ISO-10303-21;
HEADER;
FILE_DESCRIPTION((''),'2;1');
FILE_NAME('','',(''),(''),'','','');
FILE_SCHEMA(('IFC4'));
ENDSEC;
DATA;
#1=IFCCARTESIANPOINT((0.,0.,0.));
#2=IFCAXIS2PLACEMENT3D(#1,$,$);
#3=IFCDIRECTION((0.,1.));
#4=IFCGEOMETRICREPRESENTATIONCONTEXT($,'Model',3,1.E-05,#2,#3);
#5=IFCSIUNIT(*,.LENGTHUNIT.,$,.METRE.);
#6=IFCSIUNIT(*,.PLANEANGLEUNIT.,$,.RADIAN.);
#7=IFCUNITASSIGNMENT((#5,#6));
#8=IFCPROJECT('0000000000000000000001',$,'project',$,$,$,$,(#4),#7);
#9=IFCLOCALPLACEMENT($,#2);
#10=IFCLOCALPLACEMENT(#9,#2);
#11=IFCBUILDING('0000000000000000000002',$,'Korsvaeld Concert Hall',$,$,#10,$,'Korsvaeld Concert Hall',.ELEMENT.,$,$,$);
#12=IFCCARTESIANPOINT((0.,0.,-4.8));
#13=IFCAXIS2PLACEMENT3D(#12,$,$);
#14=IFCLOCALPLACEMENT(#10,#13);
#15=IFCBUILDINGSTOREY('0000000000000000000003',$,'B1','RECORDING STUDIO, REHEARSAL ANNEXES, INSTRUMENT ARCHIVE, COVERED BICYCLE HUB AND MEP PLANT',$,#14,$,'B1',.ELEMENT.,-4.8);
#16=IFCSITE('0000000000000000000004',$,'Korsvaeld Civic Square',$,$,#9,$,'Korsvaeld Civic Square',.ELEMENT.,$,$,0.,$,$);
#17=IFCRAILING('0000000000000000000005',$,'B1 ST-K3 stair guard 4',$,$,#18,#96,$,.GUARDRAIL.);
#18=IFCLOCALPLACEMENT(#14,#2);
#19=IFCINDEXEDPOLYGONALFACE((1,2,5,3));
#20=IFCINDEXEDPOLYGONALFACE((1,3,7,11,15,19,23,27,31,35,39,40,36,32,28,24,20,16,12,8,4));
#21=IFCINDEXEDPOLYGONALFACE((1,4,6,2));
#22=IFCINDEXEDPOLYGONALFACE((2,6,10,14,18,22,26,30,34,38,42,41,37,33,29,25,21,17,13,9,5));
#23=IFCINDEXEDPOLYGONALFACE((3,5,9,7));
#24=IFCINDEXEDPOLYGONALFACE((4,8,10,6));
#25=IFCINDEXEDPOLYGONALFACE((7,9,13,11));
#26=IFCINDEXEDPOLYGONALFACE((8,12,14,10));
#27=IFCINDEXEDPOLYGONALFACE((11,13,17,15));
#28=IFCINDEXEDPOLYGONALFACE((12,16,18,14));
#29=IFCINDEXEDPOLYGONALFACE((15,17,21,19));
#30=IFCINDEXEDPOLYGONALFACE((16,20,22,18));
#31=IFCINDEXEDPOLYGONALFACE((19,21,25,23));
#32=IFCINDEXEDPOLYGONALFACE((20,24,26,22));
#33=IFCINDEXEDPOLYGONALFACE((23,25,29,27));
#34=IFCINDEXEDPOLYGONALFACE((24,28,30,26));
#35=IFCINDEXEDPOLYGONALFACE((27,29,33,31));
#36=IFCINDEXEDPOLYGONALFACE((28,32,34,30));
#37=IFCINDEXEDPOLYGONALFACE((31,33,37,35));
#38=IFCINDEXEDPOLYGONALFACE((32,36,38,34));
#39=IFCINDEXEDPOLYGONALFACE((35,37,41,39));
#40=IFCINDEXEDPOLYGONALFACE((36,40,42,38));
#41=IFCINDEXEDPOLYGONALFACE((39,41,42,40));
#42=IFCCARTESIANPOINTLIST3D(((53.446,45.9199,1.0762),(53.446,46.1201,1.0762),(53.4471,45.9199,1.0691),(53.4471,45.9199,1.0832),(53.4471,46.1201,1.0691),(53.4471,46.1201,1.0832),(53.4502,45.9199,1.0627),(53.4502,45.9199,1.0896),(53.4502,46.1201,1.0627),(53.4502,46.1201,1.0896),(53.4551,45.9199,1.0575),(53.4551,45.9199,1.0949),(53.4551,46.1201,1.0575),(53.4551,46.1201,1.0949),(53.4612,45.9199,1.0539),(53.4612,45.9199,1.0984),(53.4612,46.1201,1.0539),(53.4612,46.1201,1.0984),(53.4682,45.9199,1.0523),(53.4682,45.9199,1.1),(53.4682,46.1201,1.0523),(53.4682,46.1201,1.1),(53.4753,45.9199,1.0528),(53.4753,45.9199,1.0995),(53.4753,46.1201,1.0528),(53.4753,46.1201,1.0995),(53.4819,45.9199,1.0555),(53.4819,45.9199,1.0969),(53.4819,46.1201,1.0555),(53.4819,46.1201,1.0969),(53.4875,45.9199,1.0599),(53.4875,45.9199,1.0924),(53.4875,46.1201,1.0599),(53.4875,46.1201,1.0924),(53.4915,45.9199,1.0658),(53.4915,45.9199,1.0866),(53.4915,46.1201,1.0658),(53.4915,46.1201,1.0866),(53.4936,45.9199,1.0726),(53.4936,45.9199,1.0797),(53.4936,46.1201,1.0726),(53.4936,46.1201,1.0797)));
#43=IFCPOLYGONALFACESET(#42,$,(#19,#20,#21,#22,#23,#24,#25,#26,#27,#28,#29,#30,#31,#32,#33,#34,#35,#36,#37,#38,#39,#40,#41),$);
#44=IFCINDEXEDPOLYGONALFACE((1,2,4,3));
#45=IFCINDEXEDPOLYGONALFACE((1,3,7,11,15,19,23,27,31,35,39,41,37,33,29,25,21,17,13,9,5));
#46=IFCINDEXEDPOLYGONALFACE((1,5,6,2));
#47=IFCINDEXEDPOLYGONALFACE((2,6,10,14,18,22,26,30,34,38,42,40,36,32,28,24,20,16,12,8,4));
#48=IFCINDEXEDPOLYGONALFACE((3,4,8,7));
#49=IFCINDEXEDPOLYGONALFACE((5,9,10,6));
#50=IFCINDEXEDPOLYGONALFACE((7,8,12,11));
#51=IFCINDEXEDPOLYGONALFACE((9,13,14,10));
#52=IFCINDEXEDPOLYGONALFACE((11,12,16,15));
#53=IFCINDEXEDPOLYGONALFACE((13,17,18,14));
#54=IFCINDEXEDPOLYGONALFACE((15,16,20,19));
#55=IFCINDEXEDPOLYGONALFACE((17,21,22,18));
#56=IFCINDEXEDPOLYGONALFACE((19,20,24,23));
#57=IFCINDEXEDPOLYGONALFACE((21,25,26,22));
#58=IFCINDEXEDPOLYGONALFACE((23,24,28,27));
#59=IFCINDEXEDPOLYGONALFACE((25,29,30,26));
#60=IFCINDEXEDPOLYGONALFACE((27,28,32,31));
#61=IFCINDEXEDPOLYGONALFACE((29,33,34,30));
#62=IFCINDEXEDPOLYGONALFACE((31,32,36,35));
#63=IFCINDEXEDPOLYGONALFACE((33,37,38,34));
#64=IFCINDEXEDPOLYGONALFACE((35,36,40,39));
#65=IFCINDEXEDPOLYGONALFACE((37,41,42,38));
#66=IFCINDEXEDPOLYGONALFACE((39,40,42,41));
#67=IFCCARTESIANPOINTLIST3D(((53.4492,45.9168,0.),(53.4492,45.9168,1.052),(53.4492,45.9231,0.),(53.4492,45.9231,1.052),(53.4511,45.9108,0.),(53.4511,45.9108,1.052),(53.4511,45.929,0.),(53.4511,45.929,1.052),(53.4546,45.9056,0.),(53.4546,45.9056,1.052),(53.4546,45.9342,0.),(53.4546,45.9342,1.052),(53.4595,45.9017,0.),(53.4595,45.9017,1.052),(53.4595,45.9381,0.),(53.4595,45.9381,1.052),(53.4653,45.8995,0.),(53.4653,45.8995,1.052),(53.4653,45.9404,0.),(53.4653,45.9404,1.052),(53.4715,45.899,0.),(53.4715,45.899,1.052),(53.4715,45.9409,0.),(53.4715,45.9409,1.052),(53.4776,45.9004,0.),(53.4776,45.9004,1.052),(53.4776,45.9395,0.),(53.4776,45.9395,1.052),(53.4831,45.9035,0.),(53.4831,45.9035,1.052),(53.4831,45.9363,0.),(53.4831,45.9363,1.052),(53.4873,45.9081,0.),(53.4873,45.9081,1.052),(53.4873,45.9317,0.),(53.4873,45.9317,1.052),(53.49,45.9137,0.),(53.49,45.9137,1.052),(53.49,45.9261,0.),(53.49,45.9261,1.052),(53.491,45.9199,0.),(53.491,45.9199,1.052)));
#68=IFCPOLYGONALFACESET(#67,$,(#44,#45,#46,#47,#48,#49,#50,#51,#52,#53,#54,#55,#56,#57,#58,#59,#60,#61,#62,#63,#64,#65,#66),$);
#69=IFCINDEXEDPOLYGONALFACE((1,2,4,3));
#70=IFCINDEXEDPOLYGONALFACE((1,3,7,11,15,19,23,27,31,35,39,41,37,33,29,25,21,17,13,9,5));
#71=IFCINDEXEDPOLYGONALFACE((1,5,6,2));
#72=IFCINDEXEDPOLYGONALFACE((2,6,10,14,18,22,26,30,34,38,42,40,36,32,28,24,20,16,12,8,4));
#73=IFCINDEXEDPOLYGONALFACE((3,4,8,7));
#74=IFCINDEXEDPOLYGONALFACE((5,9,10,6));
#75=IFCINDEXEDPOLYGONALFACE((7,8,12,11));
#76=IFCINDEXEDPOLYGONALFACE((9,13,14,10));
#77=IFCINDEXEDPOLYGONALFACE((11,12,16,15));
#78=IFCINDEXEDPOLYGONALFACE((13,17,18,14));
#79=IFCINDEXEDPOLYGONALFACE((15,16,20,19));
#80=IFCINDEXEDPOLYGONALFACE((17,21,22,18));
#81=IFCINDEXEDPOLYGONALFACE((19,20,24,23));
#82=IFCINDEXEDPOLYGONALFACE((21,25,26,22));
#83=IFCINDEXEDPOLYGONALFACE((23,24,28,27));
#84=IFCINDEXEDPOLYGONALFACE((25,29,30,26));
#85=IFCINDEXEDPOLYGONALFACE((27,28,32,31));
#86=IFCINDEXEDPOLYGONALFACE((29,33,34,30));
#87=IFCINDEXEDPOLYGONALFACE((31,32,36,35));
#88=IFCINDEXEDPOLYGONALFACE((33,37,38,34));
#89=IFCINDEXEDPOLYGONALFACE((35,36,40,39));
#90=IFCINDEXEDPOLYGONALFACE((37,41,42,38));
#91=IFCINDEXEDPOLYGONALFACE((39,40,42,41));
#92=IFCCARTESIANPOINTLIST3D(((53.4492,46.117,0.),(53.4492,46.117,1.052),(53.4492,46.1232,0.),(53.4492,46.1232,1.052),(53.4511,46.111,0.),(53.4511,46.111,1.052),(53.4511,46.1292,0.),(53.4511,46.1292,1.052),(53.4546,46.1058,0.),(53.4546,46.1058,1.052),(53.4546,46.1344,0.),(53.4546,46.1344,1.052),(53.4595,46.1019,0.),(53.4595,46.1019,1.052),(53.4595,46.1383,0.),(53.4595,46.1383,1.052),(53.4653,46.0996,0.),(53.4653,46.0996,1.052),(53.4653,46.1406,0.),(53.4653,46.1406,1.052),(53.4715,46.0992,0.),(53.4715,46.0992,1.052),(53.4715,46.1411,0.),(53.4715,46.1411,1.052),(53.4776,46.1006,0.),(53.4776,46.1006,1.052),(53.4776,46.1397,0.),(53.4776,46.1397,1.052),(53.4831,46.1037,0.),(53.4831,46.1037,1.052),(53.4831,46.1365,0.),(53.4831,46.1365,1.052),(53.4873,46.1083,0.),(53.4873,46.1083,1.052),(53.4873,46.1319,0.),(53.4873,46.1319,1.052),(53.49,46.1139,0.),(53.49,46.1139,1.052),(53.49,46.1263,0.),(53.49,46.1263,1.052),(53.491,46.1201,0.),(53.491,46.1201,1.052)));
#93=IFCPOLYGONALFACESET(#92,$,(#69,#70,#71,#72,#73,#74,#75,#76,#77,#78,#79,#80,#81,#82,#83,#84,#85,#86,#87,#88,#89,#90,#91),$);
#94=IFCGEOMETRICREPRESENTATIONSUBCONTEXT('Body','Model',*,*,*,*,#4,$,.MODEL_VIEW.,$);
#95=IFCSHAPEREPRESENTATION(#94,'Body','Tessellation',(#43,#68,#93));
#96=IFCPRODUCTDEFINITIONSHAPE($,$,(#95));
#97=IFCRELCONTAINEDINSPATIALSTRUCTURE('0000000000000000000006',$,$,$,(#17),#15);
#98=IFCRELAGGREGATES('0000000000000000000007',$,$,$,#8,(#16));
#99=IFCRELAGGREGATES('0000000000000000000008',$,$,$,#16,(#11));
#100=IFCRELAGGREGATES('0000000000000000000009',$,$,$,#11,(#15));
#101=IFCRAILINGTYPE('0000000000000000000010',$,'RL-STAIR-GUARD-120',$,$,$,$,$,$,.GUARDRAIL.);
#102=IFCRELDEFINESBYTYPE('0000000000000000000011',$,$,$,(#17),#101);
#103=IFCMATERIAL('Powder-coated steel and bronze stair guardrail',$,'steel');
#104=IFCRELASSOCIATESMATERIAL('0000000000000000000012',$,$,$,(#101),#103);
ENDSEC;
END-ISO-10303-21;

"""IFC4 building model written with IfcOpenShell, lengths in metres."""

from ifc_helpers import new_model, si_unit, direction, frame, origin, origin_2d, place, context, subcontext, project, spatial, circle, extrude, material, type_object, element, save


model = new_model("IFC4")

# Units and contexts
model_context = context("Model", 3, precision=1e-05, world=origin(), true_north=direction((0.0, 1.0)))
body_context = subcontext(model_context, "Body", "Model", "MODEL_VIEW")
ifc_project = project(units=[si_unit("LENGTHUNIT", "METRE"), si_unit("PLANEANGLEUNIT", "RADIAN")], contexts=[model_context])

# Site, building, storey
site_placement = place(None, origin())
site = spatial("IfcSite", under=ifc_project, at=site_placement, Name="Korsvaeld Civic Square", LongName="Korsvaeld Civic Square", CompositionType="ELEMENT", RefElevation=0.0)
building_placement = place(site_placement, origin())
building = spatial("IfcBuilding", under=site, at=building_placement, Name="Korsvaeld Concert Hall", LongName="Korsvaeld Concert Hall", CompositionType="ELEMENT")
storey_placement = place(building_placement, frame((0.0, 0.0, -4.8)))
storey = spatial("IfcBuildingStorey", under=building, at=storey_placement, Name="B1", Description="RECORDING STUDIO, REHEARSAL ANNEXES, INSTRUMENT ARCHIVE, COVERED BICYCLE HUB AND MEP PLANT", LongName="B1", CompositionType="ELEMENT", Elevation=-4.8)

# Railing
ifc_material_1 = material(Name="Powder-coated steel and bronze stair guardrail", Category="steel")
railing_type_1 = type_object("IfcRailingType", Name="RL-STAIR-GUARD-120", PredefinedType="GUARDRAIL", material=ifc_material_1)
railing_1_placement = place(storey_placement, frame((53.47, 45.9199, 0.0)))
element("IfcRailing", 1, at=railing_1_placement, inside=storey, type_object=railing_type_1, Name="B1 ST-K3 stair guard 4", PredefinedType="GUARDRAIL", context=body_context, shape_type="SweptSolid", body=[
    extrude(circle(Radius=0.0239, at=origin_2d()), frame((0.0, 0.0, 1.0762), z_axis=(0.0, 1.0, 0.0), x_axis=(-1.0, 0.0, 0.0)), (0.0, 0.0, 1.0), 0.2002),
    extrude(circle(Radius=0.021, at=origin_2d()), origin(), (0.0, 0.0, 1.0), 1.052),
    extrude(circle(Radius=0.021, at=origin_2d()), frame((0.0, 0.2002, 0.0)), (0.0, 0.0, 1.0), 1.052),
])

save(model, "model.ifc")
